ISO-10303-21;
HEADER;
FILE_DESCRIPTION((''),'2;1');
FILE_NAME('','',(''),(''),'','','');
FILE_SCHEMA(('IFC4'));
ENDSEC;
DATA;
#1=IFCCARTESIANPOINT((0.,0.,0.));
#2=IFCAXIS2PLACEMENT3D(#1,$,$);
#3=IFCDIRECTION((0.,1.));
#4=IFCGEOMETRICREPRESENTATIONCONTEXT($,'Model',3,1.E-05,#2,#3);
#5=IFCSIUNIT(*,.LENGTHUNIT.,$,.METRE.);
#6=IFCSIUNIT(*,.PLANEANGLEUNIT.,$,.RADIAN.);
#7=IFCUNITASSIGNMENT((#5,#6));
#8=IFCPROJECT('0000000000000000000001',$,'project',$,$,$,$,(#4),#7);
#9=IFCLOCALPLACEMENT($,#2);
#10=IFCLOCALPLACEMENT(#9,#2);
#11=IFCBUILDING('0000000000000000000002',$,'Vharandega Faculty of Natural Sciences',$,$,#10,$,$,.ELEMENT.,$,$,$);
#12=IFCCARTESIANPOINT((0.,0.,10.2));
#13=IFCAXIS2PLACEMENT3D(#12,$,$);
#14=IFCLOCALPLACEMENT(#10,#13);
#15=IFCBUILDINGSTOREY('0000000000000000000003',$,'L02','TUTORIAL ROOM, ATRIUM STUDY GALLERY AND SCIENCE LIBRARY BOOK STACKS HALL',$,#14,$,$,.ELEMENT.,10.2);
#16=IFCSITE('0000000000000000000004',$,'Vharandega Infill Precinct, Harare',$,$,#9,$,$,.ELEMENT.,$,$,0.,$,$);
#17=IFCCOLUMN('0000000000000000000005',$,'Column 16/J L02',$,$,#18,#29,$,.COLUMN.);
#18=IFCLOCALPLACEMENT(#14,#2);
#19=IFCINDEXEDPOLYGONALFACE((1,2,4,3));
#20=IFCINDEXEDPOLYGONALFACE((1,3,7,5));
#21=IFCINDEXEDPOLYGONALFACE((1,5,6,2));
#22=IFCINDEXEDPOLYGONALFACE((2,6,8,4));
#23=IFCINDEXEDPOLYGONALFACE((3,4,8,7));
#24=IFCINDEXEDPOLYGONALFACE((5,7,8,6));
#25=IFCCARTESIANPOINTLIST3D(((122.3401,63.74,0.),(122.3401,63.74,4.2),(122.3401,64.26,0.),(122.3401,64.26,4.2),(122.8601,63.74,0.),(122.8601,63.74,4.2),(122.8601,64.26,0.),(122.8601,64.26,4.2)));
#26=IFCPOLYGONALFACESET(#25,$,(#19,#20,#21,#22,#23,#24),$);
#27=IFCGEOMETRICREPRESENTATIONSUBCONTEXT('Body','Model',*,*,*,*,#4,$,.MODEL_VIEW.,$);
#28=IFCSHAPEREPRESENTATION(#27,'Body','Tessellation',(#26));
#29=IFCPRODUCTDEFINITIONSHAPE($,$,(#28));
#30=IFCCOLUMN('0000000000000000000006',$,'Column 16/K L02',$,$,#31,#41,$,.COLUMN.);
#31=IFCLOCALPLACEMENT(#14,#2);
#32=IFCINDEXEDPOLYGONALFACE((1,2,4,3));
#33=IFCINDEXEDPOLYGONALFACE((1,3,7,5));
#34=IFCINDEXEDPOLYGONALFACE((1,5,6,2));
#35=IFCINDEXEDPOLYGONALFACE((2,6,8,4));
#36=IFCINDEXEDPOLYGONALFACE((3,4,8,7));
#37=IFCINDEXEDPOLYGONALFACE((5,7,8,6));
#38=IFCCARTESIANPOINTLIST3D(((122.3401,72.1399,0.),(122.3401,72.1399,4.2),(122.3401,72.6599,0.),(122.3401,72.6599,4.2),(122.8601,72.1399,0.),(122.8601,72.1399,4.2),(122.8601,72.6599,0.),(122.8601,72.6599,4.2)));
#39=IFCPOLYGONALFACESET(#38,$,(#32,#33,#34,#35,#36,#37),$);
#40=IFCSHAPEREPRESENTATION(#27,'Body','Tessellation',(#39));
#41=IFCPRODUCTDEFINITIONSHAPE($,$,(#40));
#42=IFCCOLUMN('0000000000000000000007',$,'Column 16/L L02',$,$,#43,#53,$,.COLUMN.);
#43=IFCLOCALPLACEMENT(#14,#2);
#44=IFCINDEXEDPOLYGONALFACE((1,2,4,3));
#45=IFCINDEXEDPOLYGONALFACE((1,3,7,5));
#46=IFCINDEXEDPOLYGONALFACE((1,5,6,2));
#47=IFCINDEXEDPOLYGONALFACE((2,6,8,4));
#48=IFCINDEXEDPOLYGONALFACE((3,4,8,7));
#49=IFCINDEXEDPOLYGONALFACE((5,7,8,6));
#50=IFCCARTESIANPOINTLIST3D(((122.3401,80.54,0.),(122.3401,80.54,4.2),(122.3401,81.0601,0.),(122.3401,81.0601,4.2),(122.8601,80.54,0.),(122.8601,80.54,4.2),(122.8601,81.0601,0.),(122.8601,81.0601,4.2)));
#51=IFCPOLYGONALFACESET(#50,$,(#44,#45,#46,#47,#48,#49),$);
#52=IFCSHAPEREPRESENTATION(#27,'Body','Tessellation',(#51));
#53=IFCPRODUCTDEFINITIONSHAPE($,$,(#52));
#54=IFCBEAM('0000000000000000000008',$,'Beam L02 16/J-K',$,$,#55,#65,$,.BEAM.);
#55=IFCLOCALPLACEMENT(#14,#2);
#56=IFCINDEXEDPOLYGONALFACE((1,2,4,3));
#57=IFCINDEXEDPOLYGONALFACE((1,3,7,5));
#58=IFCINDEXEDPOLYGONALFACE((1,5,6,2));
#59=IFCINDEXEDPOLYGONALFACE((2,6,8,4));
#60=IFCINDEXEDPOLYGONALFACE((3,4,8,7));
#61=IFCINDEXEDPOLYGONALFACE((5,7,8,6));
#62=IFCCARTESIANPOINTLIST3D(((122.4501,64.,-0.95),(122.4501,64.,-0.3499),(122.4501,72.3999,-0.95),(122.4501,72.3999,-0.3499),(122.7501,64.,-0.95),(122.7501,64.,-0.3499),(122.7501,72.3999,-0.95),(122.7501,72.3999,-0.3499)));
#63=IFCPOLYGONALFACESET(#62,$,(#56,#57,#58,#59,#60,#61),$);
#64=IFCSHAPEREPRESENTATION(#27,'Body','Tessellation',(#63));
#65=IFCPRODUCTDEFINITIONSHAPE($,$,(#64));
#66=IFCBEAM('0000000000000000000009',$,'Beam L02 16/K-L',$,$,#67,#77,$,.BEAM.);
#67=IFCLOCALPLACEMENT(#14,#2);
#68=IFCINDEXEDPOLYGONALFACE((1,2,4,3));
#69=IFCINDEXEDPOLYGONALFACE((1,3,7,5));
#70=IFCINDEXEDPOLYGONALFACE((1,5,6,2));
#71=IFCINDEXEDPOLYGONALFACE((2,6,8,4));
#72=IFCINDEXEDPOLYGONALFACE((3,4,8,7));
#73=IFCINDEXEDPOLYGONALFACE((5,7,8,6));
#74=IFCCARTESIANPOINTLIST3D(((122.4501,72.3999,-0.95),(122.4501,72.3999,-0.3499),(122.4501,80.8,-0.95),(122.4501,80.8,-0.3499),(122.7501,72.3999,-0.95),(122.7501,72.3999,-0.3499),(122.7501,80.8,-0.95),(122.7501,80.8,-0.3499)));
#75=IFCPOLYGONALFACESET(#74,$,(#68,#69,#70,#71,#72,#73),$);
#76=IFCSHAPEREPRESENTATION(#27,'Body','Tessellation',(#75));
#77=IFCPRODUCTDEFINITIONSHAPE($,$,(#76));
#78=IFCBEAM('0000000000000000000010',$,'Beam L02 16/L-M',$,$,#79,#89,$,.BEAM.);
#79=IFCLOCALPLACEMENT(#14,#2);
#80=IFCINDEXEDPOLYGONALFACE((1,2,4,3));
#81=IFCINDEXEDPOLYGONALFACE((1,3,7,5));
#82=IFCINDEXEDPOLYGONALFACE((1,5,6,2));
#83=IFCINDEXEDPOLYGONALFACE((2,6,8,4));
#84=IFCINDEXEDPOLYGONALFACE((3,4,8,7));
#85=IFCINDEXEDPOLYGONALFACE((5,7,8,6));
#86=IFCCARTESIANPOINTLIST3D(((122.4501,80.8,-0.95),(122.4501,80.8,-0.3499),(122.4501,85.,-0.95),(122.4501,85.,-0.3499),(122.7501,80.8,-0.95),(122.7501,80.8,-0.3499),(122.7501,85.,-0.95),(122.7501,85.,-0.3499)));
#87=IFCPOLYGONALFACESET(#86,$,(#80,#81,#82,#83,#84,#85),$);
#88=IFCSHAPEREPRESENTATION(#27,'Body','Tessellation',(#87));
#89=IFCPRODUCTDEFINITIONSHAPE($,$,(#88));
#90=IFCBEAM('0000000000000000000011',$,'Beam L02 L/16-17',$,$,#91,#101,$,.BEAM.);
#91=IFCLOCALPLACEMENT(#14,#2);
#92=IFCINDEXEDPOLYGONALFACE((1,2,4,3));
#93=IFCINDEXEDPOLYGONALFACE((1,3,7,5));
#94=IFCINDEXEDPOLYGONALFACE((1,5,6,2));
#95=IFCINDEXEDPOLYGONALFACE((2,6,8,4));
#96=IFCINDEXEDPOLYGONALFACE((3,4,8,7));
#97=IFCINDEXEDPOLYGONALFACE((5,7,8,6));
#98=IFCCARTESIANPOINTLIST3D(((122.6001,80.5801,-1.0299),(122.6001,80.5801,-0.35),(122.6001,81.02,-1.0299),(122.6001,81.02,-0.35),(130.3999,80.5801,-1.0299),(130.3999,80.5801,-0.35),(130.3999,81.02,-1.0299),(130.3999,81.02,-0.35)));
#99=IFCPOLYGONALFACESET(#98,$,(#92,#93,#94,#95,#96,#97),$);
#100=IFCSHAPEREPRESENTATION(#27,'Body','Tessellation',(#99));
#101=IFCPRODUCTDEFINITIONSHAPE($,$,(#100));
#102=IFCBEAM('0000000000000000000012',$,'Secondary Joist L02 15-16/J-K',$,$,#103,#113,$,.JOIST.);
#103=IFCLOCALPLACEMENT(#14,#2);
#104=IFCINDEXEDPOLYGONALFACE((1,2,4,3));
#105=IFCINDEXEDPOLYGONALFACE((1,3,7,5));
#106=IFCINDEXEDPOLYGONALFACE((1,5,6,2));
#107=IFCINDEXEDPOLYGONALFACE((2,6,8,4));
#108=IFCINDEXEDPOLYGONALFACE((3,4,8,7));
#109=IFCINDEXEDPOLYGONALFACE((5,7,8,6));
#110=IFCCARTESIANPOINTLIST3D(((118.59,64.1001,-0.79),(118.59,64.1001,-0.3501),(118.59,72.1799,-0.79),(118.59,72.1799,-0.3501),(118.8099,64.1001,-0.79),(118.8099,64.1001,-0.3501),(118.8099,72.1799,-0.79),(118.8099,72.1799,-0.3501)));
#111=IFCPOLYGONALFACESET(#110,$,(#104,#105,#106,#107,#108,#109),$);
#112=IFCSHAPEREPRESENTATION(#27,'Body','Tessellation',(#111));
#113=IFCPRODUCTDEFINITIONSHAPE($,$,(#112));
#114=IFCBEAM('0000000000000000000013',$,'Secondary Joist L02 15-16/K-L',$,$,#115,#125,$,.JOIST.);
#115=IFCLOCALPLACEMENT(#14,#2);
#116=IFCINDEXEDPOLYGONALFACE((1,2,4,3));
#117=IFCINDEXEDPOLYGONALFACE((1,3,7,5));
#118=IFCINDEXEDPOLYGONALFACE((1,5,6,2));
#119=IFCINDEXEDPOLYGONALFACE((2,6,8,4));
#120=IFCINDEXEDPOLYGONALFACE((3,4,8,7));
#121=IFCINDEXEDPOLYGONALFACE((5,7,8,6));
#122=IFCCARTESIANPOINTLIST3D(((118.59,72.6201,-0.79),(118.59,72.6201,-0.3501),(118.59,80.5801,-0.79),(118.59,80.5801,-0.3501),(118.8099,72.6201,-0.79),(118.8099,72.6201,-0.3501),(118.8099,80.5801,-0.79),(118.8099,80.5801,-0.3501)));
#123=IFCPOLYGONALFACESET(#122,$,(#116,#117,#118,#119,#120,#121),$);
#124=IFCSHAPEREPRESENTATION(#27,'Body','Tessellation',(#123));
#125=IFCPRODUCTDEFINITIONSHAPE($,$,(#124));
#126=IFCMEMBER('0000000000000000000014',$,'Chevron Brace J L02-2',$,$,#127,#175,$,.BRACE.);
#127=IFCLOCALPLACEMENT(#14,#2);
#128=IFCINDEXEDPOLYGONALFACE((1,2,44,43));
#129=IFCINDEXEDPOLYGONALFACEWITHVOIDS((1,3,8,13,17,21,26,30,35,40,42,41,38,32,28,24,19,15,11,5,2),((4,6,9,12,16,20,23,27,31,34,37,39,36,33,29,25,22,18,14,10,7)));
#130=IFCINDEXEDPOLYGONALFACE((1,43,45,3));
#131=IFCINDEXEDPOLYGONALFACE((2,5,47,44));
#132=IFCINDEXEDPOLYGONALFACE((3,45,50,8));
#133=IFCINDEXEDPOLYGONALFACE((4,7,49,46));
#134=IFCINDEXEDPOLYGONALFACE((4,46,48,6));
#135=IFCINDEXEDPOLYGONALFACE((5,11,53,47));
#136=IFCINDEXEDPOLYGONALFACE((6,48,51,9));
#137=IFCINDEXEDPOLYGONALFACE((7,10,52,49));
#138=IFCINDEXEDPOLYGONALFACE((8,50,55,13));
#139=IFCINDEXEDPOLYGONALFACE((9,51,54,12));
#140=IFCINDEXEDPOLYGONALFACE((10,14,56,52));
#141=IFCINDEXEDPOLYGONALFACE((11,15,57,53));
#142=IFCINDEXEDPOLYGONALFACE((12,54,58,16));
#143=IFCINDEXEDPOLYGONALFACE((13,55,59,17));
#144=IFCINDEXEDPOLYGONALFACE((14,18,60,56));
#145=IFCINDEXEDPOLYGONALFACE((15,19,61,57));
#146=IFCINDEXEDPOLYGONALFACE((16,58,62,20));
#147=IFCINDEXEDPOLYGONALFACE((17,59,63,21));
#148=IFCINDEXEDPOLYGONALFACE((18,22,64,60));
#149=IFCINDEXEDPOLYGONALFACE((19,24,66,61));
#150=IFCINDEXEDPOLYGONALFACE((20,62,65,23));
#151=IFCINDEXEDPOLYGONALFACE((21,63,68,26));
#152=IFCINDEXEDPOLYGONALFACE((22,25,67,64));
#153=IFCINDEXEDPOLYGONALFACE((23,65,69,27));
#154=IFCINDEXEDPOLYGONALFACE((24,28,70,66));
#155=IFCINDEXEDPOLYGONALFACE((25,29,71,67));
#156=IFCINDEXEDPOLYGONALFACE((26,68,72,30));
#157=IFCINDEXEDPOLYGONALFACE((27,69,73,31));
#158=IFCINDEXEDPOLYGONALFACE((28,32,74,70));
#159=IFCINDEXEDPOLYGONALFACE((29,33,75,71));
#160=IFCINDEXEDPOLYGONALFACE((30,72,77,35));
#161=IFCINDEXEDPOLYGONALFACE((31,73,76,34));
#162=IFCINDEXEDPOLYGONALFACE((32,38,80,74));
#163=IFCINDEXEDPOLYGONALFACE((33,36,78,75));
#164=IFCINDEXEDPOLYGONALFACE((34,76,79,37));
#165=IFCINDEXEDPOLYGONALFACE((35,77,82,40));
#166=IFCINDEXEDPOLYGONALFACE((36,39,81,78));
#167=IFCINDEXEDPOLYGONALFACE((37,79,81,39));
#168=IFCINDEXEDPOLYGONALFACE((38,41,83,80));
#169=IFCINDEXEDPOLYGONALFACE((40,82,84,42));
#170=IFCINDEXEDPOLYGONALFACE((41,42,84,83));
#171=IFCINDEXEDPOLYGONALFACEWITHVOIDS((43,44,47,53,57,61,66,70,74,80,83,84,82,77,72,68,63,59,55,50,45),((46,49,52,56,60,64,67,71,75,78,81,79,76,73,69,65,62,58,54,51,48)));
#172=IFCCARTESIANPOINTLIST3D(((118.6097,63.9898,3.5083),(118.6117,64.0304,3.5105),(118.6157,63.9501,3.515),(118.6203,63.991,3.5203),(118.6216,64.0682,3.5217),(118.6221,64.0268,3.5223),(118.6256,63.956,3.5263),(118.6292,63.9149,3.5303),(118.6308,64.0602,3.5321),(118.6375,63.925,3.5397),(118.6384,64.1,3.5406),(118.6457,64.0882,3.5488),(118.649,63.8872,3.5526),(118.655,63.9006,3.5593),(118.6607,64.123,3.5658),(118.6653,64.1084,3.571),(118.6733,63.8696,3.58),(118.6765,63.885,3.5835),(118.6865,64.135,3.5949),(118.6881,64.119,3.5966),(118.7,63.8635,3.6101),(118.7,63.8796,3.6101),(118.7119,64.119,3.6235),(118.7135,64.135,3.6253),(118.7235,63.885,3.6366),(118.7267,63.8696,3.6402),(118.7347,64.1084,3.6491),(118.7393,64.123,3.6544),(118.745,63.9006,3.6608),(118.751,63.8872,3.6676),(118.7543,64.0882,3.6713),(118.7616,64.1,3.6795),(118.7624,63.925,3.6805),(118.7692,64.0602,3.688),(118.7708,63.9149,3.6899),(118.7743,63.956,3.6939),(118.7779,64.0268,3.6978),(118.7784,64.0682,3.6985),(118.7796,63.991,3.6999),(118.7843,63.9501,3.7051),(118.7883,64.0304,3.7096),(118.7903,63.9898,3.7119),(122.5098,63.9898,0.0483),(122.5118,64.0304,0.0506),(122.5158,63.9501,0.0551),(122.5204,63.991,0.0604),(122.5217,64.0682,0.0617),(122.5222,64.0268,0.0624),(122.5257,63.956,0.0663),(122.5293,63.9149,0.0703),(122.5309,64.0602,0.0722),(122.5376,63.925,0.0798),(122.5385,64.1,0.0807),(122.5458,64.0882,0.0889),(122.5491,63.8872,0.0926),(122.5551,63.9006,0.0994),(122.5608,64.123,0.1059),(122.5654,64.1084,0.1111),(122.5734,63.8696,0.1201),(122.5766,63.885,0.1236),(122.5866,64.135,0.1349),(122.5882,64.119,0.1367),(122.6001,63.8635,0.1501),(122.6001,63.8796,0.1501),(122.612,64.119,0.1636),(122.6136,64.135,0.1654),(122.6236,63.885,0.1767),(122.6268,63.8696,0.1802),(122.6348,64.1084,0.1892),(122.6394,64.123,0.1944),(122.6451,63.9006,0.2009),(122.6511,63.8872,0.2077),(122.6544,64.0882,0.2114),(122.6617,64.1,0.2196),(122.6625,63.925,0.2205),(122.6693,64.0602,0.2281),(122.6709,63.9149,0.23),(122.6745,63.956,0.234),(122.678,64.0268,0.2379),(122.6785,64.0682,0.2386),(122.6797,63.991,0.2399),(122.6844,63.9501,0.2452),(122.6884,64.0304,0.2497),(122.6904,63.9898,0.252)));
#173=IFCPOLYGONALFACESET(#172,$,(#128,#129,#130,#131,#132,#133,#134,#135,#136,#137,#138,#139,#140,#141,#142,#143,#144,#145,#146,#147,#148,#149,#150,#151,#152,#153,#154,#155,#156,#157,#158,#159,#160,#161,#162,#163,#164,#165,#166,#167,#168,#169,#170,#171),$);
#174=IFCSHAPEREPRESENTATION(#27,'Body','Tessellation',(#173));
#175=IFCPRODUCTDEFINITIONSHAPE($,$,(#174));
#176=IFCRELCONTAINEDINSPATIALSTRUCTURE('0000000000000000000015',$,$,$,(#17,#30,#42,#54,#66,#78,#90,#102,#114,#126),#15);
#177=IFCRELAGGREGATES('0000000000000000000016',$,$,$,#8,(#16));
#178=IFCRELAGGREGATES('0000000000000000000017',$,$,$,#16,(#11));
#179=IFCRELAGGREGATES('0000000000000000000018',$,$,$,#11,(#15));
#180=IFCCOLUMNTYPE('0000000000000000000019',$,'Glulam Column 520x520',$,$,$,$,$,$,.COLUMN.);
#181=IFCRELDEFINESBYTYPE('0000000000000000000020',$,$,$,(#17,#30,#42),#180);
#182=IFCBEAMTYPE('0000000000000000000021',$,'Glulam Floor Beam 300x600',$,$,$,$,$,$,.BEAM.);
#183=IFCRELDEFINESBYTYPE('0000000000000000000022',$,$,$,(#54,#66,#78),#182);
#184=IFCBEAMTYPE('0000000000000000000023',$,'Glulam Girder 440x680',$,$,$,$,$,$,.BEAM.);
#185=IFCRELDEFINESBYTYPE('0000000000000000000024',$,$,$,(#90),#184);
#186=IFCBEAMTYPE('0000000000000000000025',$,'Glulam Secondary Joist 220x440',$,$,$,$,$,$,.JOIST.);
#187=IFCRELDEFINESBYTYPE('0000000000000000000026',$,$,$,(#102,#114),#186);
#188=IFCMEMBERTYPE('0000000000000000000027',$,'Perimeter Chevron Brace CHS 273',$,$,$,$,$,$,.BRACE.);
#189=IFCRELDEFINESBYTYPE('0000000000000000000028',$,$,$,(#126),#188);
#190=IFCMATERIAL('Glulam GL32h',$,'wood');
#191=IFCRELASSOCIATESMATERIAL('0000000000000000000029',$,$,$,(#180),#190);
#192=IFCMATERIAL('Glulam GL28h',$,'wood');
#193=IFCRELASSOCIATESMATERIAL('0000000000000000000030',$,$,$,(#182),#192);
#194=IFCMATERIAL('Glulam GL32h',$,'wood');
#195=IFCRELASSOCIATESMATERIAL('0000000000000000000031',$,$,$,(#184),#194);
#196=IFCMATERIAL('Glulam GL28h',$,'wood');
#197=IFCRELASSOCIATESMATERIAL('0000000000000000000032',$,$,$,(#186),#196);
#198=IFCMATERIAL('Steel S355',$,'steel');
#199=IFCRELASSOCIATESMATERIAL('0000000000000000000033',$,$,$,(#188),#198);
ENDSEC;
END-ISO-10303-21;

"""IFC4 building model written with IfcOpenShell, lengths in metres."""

from ifc_helpers import new_model, si_unit, direction, frame, origin, origin_2d, place, context, subcontext, project, spatial, rectangle, hollow_circle, extrude, material, material_profile, profile_set, type_object, element, save


model = new_model("IFC4")

# Units and contexts
model_context = context("Model", 3, precision=1e-05, world=origin(), true_north=direction((0.0, 1.0)))
body_context = subcontext(model_context, "Body", "Model", "MODEL_VIEW")
ifc_project = project(units=[si_unit("LENGTHUNIT", "METRE"), si_unit("PLANEANGLEUNIT", "RADIAN")], contexts=[model_context])

# Site, building, storey
site_placement = place(None, origin())
site = spatial("IfcSite", under=ifc_project, at=site_placement, Name="Vharandega Infill Precinct, Harare", CompositionType="ELEMENT", RefElevation=0.0)
building_placement = place(site_placement, origin())
building = spatial("IfcBuilding", under=site, at=building_placement, Name="Vharandega Faculty of Natural Sciences", CompositionType="ELEMENT")
storey_placement = place(building_placement, frame((0.0, 0.0, 10.2)))
storey = spatial("IfcBuildingStorey", under=building, at=storey_placement, Name="L02", Description="TUTORIAL ROOM, ATRIUM STUDY GALLERY AND SCIENCE LIBRARY BOOK STACKS HALL", CompositionType="ELEMENT", Elevation=10.2)

# Columns
ifc_material_1 = material(Name="Glulam GL32h", Category="wood")
ifc_material_profile_1 = material_profile(ifc_material_1, rectangle(XDim=0.52, YDim=0.52, at=origin_2d()), Name="GL32h 520x520")
ifc_profile_set_1 = profile_set([ifc_material_profile_1], Name="Glulam GL32h")
column_type = type_object("IfcColumnType", Name="Glulam Column 520x520", PredefinedType="COLUMN", material=ifc_profile_set_1)
for number, where, z_axis, x_axis, name in (
    (1, (122.6001, 64.0, 0.0), (0.0, 0.0, 1.0), (1.0, 0.0, 0.0), "Column 16/J L02"),
    (2, (122.6001, 72.3999, 0.0), (0.0, 0.0, 1.0), (1.0, 0.0, 0.0), "Column 16/K L02"),
    (3, (122.6001, 80.8, 0.0), (0.0, 0.0, 1.0), (1.0, 0.0, 0.0), "Column 16/L L02"),
):
    element("IfcColumn", number, at=place(storey_placement, frame(where, z_axis=z_axis, x_axis=x_axis)), inside=storey, type_object=column_type, Name=name, PredefinedType="COLUMN", context=body_context, shape_type="SweptSolid", body=[
        extrude(rectangle(XDim=0.52, YDim=0.52, at=origin_2d()), origin(), (0.0, 0.0, 1.0), 4.2),
    ])

# Beams
ifc_material_2 = material(Name="Glulam GL28h", Category="wood")
ifc_material_profile_2 = material_profile(ifc_material_2, rectangle(XDim=0.3, YDim=0.6001, at=origin_2d()), Name="GL28h 300x600")
ifc_profile_set_2 = profile_set([ifc_material_profile_2], Name="Glulam GL28h")
beam_type_1 = type_object("IfcBeamType", Name="Glulam Floor Beam 300x600", PredefinedType="BEAM", material=ifc_profile_set_2)
beam_1_placement = place(storey_placement, frame((122.6001, 64.0, -0.6499), z_axis=(0.0, 1.0, 0.0), x_axis=(-1.0, 0.0, 0.0)))
element("IfcBeam", 4, at=beam_1_placement, inside=storey, type_object=beam_type_1, Name="Beam L02 16/J-K", PredefinedType="BEAM", context=body_context, shape_type="SweptSolid", body=[
    extrude(rectangle(XDim=0.3, YDim=0.6001, at=origin_2d()), origin(), (0.0, 0.0, 1.0), 8.3999),
])
beam_2_placement = place(storey_placement, frame((122.6001, 72.3999, -0.6499), z_axis=(0.0, 1.0, 0.0), x_axis=(-1.0, 0.0, 0.0)))
element("IfcBeam", 5, at=beam_2_placement, inside=storey, type_object=beam_type_1, Name="Beam L02 16/K-L", PredefinedType="BEAM", context=body_context, shape_type="SweptSolid", body=[
    extrude(rectangle(XDim=0.3, YDim=0.6001, at=origin_2d()), origin(), (0.0, 0.0, 1.0), 8.4001),
])
beam_3_placement = place(storey_placement, frame((122.6001, 80.8, -0.6499), z_axis=(0.0, 1.0, 0.0), x_axis=(-1.0, 0.0, 0.0)))
element("IfcBeam", 6, at=beam_3_placement, inside=storey, type_object=beam_type_1, Name="Beam L02 16/L-M", PredefinedType="BEAM", context=body_context, shape_type="SweptSolid", body=[
    extrude(rectangle(XDim=0.3, YDim=0.6001, at=origin_2d()), origin(), (0.0, 0.0, 1.0), 4.2),
])
ifc_material_3 = material(Name="Glulam GL32h", Category="wood")
ifc_material_profile_3 = material_profile(ifc_material_3, rectangle(XDim=0.4399, YDim=0.6799, at=origin_2d()), Name="GL32h 440x680")
ifc_profile_set_3 = profile_set([ifc_material_profile_3], Name="Glulam GL32h")
beam_type_2 = type_object("IfcBeamType", Name="Glulam Girder 440x680", PredefinedType="BEAM", material=ifc_profile_set_3)
beam_4_placement = place(storey_placement, frame((122.6001, 80.8, -0.6899), z_axis=(1.0, 0.0, 0.0), x_axis=(0.0, 1.0, 0.0)))
element("IfcBeam", 7, at=beam_4_placement, inside=storey, type_object=beam_type_2, Name="Beam L02 L/16-17", PredefinedType="BEAM", context=body_context, shape_type="SweptSolid", body=[
    extrude(rectangle(XDim=0.4399, YDim=0.6799, at=origin_2d()), origin(), (0.0, 0.0, 1.0), 7.7998),
])
ifc_material_4 = material(Name="Glulam GL28h", Category="wood")
ifc_material_profile_4 = material_profile(ifc_material_4, rectangle(XDim=0.22, YDim=0.4399, at=origin_2d()), Name="GL28h 220x440")
ifc_profile_set_4 = profile_set([ifc_material_profile_4], Name="Glulam GL28h")
beam_type_3 = type_object("IfcBeamType", Name="Glulam Secondary Joist 220x440", PredefinedType="JOIST", material=ifc_profile_set_4)
beam_5_placement = place(storey_placement, frame((118.7, 64.1001, -0.5701), z_axis=(0.0, 1.0, 0.0), x_axis=(-1.0, 0.0, 0.0)))
element("IfcBeam", 8, at=beam_5_placement, inside=storey, type_object=beam_type_3, Name="Secondary Joist L02 15-16/J-K", PredefinedType="JOIST", context=body_context, shape_type="SweptSolid", body=[
    extrude(rectangle(XDim=0.22, YDim=0.4399, at=origin_2d()), origin(), (0.0, 0.0, 1.0), 8.0798),
])
beam_6_placement = place(storey_placement, frame((118.7, 72.6201, -0.5701), z_axis=(0.0, 1.0, 0.0), x_axis=(-1.0, 0.0, 0.0)))
element("IfcBeam", 9, at=beam_6_placement, inside=storey, type_object=beam_type_3, Name="Secondary Joist L02 15-16/K-L", PredefinedType="JOIST", context=body_context, shape_type="SweptSolid", body=[
    extrude(rectangle(XDim=0.22, YDim=0.4399, at=origin_2d()), origin(), (0.0, 0.0, 1.0), 7.96),
])

# Member
ifc_material_5 = material(Name="Steel S355", Category="steel")
ifc_material_profile_5 = material_profile(ifc_material_5, hollow_circle(Radius=0.1365, WallThickness=0.0161, at=origin_2d()), Name="CHS 273x16")
ifc_profile_set_5 = profile_set([ifc_material_profile_5], Name="Steel S355")
member_type = type_object("IfcMemberType", Name="Perimeter Chevron Brace CHS 273", PredefinedType="BRACE", material=ifc_profile_set_5)
member_placement = place(storey_placement, frame((122.6001, 64.0, 0.1501), z_axis=(-0.74806, 0.0, 0.663631), x_axis=(0.0, -1.0, 0.0)))
element("IfcMember", 10, at=member_placement, inside=storey, type_object=member_type, Name="Chevron Brace J L02-2", PredefinedType="BRACE", context=body_context, shape_type="SweptSolid", body=[
    extrude(hollow_circle(Radius=0.1365, WallThickness=0.0161, at=origin_2d()), origin(), (0.0, 0.0, 1.0), 5.2136),
])

save(model, "model.ifc")
